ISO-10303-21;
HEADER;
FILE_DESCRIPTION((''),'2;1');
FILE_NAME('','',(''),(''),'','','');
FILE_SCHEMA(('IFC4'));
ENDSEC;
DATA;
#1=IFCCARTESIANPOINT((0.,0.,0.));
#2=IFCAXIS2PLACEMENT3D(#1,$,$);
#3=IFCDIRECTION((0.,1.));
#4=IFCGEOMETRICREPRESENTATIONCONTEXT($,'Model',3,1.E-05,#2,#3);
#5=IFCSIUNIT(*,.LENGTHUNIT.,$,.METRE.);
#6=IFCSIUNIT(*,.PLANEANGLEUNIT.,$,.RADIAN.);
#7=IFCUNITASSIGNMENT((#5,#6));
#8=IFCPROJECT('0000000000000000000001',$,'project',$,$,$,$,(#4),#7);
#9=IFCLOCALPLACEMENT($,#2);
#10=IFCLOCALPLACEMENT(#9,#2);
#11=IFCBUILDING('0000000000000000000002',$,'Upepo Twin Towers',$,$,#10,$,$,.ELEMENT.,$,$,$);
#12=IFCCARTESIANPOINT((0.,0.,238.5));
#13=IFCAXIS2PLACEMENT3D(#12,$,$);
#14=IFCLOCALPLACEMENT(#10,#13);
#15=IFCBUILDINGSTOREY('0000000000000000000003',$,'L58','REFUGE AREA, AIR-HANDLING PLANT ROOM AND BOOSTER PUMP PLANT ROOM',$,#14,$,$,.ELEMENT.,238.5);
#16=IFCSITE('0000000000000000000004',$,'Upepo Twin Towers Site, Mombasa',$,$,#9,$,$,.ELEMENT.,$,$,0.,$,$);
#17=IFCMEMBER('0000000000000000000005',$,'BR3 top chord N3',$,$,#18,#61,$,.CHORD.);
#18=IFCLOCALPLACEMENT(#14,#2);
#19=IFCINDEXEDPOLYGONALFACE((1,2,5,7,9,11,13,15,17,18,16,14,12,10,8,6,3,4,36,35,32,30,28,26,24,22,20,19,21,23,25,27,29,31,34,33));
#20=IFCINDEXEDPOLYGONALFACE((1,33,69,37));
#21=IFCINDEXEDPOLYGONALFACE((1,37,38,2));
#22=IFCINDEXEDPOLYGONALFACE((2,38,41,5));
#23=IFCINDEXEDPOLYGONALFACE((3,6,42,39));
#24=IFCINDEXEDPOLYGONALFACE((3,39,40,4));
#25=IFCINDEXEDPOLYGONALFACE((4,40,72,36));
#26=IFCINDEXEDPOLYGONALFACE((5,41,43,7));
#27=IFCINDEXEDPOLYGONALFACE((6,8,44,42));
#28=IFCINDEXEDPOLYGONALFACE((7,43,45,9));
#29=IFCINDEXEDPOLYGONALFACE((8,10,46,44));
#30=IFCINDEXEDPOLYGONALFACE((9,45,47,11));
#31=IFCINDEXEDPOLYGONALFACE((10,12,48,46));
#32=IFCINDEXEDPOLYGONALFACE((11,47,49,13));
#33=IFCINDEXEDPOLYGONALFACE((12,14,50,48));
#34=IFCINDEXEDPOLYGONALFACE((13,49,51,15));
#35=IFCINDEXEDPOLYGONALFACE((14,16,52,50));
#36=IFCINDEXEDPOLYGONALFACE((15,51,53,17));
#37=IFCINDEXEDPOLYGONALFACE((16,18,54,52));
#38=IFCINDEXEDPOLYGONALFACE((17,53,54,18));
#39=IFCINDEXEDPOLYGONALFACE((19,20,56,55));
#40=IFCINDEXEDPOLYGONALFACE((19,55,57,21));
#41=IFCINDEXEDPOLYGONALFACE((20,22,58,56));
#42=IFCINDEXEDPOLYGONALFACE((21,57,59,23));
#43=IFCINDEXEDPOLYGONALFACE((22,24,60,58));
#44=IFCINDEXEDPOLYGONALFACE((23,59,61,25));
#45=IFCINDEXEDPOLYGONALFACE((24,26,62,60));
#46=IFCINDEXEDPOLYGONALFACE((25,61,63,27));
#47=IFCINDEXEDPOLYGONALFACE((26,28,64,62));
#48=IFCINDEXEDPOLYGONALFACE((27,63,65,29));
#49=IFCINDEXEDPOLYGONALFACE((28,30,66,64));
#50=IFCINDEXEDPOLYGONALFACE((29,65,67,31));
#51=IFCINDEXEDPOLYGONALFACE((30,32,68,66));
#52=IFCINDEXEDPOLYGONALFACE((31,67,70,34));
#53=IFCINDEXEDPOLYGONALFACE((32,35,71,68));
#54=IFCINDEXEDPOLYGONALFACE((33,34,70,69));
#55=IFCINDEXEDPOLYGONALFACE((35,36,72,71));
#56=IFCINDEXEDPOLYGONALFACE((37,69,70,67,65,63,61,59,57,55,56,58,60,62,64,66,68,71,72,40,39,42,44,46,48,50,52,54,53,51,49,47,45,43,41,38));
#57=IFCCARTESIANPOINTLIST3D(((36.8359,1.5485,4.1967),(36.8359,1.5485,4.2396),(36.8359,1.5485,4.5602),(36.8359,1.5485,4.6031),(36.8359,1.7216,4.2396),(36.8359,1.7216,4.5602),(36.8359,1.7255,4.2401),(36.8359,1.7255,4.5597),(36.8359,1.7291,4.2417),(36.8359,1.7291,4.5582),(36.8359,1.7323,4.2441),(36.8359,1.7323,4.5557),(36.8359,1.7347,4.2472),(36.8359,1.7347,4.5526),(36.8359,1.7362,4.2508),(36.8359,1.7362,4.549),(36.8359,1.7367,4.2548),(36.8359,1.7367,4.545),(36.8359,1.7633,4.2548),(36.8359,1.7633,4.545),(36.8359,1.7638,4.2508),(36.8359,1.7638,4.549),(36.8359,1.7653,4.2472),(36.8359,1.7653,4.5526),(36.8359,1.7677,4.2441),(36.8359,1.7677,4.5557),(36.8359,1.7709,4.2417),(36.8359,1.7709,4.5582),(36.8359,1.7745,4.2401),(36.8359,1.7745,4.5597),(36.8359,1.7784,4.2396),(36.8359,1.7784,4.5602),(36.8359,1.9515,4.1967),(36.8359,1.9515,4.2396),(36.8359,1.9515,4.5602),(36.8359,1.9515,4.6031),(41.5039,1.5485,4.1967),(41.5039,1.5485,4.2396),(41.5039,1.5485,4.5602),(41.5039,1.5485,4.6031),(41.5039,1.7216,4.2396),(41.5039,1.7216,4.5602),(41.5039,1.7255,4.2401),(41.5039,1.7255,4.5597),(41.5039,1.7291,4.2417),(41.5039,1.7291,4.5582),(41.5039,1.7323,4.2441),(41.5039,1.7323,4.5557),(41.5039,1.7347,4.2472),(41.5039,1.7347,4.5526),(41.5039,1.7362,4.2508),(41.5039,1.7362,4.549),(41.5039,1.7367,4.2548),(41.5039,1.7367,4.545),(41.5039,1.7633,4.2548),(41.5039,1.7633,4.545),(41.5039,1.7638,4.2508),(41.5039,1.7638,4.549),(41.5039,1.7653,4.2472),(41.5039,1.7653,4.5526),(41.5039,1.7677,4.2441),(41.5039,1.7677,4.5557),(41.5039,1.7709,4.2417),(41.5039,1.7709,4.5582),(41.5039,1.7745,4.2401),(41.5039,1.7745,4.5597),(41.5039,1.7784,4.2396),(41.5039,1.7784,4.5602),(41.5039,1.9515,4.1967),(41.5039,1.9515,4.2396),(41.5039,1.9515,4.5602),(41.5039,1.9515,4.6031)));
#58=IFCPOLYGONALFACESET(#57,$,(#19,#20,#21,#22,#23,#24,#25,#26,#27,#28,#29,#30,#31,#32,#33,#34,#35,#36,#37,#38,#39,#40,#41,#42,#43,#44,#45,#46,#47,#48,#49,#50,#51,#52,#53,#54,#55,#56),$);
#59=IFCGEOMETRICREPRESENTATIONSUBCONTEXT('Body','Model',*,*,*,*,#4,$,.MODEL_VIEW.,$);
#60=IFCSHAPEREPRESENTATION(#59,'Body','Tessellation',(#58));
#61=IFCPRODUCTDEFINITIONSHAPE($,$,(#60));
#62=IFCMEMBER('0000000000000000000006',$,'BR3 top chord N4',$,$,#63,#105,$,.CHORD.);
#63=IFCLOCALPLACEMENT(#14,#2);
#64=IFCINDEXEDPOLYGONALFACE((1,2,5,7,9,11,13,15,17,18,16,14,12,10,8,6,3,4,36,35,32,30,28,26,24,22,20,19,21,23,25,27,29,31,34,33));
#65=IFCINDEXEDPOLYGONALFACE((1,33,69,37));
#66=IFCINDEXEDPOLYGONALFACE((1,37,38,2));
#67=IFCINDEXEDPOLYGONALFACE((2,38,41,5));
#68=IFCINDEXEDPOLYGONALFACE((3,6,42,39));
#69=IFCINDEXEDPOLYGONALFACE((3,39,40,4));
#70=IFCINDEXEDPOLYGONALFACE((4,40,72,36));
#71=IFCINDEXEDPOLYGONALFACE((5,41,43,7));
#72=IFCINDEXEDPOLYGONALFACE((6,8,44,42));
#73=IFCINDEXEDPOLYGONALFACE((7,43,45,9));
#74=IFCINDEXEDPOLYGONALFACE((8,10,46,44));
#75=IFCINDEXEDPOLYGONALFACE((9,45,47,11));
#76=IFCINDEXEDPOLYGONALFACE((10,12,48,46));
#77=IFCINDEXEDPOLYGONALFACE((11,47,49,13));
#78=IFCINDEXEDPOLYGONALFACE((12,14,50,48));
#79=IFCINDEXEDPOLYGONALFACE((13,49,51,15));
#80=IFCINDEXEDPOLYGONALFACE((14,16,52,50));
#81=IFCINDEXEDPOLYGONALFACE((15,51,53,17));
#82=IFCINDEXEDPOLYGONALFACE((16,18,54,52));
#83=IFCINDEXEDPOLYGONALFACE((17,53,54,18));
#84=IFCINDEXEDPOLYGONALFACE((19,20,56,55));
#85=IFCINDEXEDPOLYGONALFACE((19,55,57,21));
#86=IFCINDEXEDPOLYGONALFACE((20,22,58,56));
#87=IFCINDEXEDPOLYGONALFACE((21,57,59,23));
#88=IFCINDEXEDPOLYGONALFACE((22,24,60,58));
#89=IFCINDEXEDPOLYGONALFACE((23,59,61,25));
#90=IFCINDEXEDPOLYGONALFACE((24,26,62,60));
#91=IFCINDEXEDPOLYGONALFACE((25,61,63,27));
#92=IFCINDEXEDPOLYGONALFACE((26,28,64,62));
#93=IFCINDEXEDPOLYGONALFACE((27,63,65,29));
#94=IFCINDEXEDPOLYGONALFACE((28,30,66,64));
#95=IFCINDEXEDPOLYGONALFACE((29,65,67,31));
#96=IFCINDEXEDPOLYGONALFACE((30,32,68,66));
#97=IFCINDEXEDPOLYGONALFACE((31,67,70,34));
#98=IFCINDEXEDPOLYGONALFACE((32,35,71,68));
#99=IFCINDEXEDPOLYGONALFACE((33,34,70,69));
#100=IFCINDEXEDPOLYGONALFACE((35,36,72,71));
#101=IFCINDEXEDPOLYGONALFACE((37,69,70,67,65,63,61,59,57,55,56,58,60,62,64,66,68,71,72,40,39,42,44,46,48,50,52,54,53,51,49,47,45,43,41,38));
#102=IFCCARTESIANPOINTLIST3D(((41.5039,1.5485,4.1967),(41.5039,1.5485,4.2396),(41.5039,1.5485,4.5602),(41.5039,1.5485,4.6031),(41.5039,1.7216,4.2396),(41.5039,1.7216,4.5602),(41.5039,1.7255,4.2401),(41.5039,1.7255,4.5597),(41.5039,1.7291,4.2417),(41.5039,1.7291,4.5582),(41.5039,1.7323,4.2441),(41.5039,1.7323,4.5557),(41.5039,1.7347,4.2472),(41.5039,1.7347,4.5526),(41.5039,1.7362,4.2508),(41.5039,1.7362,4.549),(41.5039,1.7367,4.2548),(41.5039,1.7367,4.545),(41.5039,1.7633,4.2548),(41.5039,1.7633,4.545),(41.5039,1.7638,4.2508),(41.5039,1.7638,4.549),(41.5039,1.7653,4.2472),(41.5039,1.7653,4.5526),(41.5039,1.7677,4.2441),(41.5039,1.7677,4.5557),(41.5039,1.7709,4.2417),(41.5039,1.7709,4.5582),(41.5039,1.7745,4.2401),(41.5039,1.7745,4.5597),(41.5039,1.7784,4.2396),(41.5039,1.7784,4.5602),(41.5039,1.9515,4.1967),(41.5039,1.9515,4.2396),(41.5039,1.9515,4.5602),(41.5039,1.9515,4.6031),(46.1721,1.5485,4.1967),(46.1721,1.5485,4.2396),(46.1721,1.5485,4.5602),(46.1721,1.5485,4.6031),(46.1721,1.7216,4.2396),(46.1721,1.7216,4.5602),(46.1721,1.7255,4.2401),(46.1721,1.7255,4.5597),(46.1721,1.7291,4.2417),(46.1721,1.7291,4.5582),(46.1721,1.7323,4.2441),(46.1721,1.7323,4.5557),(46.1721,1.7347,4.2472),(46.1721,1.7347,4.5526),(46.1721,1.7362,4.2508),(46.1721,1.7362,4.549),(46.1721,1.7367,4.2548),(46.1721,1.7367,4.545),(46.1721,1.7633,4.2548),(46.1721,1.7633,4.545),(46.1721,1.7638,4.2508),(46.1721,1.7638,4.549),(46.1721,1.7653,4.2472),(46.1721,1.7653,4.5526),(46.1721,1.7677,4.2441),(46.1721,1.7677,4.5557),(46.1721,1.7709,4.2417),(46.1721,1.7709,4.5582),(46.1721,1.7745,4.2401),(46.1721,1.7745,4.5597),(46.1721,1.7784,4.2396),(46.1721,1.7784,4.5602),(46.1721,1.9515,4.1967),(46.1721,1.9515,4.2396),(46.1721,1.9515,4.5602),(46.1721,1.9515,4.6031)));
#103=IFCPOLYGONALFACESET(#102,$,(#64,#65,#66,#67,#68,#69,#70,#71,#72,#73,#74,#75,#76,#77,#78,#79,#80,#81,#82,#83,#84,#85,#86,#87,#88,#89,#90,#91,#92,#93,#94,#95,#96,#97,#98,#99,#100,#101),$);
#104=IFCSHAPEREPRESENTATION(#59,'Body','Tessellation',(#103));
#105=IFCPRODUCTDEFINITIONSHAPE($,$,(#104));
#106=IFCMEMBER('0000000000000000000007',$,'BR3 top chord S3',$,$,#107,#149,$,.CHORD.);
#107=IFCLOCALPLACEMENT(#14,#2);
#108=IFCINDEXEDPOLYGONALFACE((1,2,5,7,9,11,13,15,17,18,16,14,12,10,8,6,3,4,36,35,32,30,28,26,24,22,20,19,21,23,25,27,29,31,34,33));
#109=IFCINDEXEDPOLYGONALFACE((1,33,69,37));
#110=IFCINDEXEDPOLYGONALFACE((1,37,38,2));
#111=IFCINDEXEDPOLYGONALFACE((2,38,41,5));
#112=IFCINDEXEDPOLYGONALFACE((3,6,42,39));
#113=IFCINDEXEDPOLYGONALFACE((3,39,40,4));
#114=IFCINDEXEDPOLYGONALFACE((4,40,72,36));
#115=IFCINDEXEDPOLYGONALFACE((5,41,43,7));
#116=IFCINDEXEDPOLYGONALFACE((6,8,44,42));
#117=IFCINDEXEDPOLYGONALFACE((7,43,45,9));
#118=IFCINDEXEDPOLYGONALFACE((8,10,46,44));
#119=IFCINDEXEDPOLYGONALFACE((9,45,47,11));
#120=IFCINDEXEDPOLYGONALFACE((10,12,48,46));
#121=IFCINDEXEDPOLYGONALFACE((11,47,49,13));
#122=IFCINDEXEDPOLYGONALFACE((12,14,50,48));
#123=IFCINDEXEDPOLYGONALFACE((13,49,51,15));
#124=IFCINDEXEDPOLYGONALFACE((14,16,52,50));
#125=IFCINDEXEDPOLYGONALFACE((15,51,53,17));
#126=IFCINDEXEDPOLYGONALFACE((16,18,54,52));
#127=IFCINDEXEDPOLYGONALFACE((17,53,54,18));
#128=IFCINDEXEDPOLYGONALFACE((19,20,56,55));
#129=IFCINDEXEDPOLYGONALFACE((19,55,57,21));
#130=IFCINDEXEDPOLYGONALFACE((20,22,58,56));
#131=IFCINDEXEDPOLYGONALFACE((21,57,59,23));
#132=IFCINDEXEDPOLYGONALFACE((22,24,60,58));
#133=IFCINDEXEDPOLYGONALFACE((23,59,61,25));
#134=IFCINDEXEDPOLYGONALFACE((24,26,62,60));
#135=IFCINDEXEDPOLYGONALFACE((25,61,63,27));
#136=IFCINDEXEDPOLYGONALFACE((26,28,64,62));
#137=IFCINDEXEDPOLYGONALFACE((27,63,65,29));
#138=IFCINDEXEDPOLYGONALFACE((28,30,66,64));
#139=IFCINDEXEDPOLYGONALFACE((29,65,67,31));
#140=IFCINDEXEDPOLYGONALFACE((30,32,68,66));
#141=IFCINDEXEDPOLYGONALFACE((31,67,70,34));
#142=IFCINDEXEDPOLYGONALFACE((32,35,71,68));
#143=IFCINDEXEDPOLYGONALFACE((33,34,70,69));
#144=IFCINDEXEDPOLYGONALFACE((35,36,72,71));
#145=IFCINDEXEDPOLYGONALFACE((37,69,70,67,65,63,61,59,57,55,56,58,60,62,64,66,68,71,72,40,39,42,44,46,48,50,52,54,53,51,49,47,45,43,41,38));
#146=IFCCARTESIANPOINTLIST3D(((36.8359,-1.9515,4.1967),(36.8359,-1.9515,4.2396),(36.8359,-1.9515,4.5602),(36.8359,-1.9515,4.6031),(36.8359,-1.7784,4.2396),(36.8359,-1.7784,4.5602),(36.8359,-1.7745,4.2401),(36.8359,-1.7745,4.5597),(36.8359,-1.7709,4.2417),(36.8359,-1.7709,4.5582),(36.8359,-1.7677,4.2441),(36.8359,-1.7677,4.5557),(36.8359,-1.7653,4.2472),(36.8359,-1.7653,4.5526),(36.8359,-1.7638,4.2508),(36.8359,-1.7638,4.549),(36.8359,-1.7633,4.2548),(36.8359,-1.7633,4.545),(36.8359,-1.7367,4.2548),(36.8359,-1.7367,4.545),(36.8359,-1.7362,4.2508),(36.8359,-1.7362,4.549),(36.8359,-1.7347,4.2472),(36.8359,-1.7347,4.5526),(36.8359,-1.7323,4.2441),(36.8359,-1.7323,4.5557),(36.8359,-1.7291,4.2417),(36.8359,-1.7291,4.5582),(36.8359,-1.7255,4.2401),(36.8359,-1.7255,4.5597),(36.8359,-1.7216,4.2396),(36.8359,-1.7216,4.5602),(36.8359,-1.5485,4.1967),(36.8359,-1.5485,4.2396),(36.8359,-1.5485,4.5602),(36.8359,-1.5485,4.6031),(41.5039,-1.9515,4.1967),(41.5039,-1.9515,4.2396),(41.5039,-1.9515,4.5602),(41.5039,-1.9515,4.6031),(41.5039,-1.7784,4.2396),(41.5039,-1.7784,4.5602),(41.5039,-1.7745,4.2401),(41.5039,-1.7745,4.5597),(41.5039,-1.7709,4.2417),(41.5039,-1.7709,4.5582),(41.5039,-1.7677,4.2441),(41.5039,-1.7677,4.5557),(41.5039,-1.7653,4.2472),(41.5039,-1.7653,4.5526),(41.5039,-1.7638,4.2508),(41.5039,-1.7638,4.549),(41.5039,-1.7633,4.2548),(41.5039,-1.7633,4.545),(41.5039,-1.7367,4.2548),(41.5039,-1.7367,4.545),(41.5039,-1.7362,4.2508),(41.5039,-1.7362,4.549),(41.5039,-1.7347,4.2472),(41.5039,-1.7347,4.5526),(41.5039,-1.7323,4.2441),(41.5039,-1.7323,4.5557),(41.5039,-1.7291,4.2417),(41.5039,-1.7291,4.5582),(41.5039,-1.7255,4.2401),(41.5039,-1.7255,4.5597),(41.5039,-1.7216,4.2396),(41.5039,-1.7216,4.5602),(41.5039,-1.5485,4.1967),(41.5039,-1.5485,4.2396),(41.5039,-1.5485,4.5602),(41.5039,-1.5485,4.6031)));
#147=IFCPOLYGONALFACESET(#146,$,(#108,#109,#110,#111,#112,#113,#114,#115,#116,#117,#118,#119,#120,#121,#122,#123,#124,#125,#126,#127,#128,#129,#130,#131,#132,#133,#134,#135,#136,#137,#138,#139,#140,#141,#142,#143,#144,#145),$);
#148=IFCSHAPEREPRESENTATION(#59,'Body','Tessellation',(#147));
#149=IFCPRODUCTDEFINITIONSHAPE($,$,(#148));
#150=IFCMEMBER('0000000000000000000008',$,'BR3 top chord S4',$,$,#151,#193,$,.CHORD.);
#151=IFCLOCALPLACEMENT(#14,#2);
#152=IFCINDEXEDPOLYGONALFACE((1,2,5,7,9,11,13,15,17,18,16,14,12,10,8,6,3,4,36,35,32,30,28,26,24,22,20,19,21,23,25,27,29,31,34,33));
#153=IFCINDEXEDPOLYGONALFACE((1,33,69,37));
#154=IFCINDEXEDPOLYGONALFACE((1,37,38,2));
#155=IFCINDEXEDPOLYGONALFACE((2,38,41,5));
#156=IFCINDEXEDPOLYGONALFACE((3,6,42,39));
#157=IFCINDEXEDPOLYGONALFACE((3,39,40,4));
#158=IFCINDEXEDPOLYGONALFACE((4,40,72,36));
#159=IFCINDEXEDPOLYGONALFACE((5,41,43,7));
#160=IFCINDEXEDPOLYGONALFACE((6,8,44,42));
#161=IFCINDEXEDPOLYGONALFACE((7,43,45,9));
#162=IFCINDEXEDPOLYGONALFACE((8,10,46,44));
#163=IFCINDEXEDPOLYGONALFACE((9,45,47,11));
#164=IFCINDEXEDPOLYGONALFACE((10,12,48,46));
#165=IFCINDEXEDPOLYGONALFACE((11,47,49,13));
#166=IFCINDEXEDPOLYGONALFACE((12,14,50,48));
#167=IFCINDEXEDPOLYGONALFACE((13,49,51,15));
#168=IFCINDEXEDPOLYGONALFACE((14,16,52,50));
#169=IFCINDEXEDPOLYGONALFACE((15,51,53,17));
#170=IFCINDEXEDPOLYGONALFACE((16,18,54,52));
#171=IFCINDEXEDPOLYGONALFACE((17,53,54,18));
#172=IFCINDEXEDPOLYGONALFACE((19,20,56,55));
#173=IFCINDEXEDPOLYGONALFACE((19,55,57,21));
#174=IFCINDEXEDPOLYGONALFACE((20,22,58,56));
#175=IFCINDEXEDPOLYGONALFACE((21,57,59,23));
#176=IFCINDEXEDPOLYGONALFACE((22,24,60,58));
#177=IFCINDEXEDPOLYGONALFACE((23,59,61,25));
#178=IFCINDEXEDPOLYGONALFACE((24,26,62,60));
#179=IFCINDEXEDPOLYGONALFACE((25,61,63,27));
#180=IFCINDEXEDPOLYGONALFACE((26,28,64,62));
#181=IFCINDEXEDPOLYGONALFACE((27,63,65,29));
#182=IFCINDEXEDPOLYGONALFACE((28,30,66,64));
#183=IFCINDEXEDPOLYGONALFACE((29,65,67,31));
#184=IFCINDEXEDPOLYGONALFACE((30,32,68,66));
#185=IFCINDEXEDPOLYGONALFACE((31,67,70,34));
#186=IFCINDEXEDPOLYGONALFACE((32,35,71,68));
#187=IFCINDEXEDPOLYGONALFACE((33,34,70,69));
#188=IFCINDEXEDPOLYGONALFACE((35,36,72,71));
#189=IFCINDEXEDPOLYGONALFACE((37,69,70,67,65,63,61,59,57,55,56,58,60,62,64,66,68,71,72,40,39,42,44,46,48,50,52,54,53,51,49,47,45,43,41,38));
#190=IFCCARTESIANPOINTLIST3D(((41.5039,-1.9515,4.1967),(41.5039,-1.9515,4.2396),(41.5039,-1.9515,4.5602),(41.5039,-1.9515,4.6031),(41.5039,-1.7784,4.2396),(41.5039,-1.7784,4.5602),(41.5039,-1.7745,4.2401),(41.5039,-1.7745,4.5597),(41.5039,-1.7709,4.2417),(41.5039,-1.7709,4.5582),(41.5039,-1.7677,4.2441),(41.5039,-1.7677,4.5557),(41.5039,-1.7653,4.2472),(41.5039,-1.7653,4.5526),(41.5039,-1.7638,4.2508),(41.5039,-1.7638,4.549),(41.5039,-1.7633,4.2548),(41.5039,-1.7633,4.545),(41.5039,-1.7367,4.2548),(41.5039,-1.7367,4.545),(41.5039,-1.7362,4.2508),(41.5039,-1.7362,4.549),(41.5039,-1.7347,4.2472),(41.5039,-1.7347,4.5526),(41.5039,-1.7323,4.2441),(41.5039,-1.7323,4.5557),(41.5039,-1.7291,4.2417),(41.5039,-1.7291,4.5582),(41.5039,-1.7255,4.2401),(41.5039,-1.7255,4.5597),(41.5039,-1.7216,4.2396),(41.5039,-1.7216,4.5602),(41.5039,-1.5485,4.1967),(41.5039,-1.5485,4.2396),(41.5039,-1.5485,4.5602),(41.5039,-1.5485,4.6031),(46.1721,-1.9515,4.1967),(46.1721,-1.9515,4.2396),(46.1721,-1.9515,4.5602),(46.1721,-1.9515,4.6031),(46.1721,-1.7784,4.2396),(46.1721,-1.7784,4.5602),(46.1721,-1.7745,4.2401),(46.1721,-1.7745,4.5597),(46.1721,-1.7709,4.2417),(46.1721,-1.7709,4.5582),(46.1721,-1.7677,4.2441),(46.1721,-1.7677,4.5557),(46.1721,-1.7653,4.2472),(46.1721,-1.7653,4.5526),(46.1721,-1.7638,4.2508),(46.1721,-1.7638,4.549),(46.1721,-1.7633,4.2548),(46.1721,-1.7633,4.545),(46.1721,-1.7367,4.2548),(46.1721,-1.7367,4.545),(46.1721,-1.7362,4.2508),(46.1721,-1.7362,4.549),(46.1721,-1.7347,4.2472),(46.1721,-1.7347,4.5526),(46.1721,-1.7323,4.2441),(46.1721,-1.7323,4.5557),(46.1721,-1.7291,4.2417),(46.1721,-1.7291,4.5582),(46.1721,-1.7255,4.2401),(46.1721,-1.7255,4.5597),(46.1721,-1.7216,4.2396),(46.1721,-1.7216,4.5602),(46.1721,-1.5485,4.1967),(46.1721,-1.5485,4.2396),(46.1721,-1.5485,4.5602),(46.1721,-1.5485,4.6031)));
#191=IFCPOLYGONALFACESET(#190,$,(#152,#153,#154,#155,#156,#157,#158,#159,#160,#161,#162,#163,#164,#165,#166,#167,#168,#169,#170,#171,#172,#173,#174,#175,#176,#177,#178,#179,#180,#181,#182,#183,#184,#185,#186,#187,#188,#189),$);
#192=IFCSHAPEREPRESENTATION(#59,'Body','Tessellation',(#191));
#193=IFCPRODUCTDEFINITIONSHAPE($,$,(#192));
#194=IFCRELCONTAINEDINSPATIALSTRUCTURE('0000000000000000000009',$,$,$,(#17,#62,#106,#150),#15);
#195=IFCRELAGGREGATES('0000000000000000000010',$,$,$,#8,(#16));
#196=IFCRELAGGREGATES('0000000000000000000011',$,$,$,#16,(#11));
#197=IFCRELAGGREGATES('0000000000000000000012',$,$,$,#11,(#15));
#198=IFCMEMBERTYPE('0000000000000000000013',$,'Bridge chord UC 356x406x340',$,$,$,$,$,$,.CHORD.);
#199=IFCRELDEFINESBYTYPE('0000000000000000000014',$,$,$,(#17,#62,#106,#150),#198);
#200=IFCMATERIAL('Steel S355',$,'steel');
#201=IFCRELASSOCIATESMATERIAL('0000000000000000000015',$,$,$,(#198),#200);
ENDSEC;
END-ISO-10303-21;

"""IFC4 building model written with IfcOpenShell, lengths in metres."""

from ifc_helpers import new_model, si_unit, direction, frame, origin, origin_2d, place, context, subcontext, project, spatial, i_section, extrude, material, material_profile, profile_set, type_object, element, save


model = new_model("IFC4")

# Units and contexts
model_context = context("Model", 3, precision=1e-05, world=origin(), true_north=direction((0.0, 1.0)))
body_context = subcontext(model_context, "Body", "Model", "MODEL_VIEW")
ifc_project = project(units=[si_unit("LENGTHUNIT", "METRE"), si_unit("PLANEANGLEUNIT", "RADIAN")], contexts=[model_context])

# Site, building, storey
site_placement = place(None, origin())
site = spatial("IfcSite", under=ifc_project, at=site_placement, Name="Upepo Twin Towers Site, Mombasa", CompositionType="ELEMENT", RefElevation=0.0)
building_placement = place(site_placement, origin())
building = spatial("IfcBuilding", under=site, at=building_placement, Name="Upepo Twin Towers", CompositionType="ELEMENT")
storey_placement = place(building_placement, frame((0.0, 0.0, 238.5)))
storey = spatial("IfcBuildingStorey", under=building, at=storey_placement, Name="L58", Description="REFUGE AREA, AIR-HANDLING PLANT ROOM AND BOOSTER PUMP PLANT ROOM", CompositionType="ELEMENT", Elevation=238.5)

# Members
ifc_material_1 = material(Name="Steel S355", Category="steel")
ifc_material_profile_1 = material_profile(ifc_material_1, i_section(OverallWidth=0.4031, OverallDepth=0.4065, WebThickness=0.0266, FlangeThickness=0.043, FilletRadius=0.0151, at=origin_2d()), Name="UC 356x406x340")
ifc_profile_set_1 = profile_set([ifc_material_profile_1], Name="Steel S355")
member_type_1 = type_object("IfcMemberType", Name="Bridge chord UC 356x406x340", PredefinedType="CHORD", material=ifc_profile_set_1)
member_1_placement = place(storey_placement, frame((36.8359, 1.75, 4.3999), z_axis=(1.0, 0.0, 0.0), x_axis=(0.0, 1.0, 0.0)))
element("IfcMember", 1, at=member_1_placement, inside=storey, type_object=member_type_1, Name="BR3 top chord N3", PredefinedType="CHORD", context=body_context, shape_type="SweptSolid", body=[
    extrude(i_section(OverallWidth=0.4031, OverallDepth=0.4065, WebThickness=0.0266, FlangeThickness=0.043, FilletRadius=0.0151, at=origin_2d()), origin(), (0.0, 0.0, 1.0), 4.668),
])
member_2_placement = place(storey_placement, frame((41.5039, 1.75, 4.3999), z_axis=(1.0, 0.0, 0.0), x_axis=(0.0, 1.0, 0.0)))
element("IfcMember", 2, at=member_2_placement, inside=storey, type_object=member_type_1, Name="BR3 top chord N4", PredefinedType="CHORD", context=body_context, shape_type="SweptSolid", body=[
    extrude(i_section(OverallWidth=0.4031, OverallDepth=0.4065, WebThickness=0.0266, FlangeThickness=0.043, FilletRadius=0.0151, at=origin_2d()), origin(), (0.0, 0.0, 1.0), 4.6682),
])
member_3_placement = place(storey_placement, frame((36.8359, -1.75, 4.3999), z_axis=(1.0, 0.0, 0.0), x_axis=(0.0, 1.0, 0.0)))
element("IfcMember", 3, at=member_3_placement, inside=storey, type_object=member_type_1, Name="BR3 top chord S3", PredefinedType="CHORD", context=body_context, shape_type="SweptSolid", body=[
    extrude(i_section(OverallWidth=0.4031, OverallDepth=0.4065, WebThickness=0.0266, FlangeThickness=0.043, FilletRadius=0.0151, at=origin_2d()), origin(), (0.0, 0.0, 1.0), 4.668),
])
member_4_placement = place(storey_placement, frame((41.5039, -1.75, 4.3999), z_axis=(1.0, 0.0, 0.0), x_axis=(0.0, 1.0, 0.0)))
element("IfcMember", 4, at=member_4_placement, inside=storey, type_object=member_type_1, Name="BR3 top chord S4", PredefinedType="CHORD", context=body_context, shape_type="SweptSolid", body=[
    extrude(i_section(OverallWidth=0.4031, OverallDepth=0.4065, WebThickness=0.0266, FlangeThickness=0.043, FilletRadius=0.0151, at=origin_2d()), origin(), (0.0, 0.0, 1.0), 4.6682),
])

save(model, "model.ifc")
